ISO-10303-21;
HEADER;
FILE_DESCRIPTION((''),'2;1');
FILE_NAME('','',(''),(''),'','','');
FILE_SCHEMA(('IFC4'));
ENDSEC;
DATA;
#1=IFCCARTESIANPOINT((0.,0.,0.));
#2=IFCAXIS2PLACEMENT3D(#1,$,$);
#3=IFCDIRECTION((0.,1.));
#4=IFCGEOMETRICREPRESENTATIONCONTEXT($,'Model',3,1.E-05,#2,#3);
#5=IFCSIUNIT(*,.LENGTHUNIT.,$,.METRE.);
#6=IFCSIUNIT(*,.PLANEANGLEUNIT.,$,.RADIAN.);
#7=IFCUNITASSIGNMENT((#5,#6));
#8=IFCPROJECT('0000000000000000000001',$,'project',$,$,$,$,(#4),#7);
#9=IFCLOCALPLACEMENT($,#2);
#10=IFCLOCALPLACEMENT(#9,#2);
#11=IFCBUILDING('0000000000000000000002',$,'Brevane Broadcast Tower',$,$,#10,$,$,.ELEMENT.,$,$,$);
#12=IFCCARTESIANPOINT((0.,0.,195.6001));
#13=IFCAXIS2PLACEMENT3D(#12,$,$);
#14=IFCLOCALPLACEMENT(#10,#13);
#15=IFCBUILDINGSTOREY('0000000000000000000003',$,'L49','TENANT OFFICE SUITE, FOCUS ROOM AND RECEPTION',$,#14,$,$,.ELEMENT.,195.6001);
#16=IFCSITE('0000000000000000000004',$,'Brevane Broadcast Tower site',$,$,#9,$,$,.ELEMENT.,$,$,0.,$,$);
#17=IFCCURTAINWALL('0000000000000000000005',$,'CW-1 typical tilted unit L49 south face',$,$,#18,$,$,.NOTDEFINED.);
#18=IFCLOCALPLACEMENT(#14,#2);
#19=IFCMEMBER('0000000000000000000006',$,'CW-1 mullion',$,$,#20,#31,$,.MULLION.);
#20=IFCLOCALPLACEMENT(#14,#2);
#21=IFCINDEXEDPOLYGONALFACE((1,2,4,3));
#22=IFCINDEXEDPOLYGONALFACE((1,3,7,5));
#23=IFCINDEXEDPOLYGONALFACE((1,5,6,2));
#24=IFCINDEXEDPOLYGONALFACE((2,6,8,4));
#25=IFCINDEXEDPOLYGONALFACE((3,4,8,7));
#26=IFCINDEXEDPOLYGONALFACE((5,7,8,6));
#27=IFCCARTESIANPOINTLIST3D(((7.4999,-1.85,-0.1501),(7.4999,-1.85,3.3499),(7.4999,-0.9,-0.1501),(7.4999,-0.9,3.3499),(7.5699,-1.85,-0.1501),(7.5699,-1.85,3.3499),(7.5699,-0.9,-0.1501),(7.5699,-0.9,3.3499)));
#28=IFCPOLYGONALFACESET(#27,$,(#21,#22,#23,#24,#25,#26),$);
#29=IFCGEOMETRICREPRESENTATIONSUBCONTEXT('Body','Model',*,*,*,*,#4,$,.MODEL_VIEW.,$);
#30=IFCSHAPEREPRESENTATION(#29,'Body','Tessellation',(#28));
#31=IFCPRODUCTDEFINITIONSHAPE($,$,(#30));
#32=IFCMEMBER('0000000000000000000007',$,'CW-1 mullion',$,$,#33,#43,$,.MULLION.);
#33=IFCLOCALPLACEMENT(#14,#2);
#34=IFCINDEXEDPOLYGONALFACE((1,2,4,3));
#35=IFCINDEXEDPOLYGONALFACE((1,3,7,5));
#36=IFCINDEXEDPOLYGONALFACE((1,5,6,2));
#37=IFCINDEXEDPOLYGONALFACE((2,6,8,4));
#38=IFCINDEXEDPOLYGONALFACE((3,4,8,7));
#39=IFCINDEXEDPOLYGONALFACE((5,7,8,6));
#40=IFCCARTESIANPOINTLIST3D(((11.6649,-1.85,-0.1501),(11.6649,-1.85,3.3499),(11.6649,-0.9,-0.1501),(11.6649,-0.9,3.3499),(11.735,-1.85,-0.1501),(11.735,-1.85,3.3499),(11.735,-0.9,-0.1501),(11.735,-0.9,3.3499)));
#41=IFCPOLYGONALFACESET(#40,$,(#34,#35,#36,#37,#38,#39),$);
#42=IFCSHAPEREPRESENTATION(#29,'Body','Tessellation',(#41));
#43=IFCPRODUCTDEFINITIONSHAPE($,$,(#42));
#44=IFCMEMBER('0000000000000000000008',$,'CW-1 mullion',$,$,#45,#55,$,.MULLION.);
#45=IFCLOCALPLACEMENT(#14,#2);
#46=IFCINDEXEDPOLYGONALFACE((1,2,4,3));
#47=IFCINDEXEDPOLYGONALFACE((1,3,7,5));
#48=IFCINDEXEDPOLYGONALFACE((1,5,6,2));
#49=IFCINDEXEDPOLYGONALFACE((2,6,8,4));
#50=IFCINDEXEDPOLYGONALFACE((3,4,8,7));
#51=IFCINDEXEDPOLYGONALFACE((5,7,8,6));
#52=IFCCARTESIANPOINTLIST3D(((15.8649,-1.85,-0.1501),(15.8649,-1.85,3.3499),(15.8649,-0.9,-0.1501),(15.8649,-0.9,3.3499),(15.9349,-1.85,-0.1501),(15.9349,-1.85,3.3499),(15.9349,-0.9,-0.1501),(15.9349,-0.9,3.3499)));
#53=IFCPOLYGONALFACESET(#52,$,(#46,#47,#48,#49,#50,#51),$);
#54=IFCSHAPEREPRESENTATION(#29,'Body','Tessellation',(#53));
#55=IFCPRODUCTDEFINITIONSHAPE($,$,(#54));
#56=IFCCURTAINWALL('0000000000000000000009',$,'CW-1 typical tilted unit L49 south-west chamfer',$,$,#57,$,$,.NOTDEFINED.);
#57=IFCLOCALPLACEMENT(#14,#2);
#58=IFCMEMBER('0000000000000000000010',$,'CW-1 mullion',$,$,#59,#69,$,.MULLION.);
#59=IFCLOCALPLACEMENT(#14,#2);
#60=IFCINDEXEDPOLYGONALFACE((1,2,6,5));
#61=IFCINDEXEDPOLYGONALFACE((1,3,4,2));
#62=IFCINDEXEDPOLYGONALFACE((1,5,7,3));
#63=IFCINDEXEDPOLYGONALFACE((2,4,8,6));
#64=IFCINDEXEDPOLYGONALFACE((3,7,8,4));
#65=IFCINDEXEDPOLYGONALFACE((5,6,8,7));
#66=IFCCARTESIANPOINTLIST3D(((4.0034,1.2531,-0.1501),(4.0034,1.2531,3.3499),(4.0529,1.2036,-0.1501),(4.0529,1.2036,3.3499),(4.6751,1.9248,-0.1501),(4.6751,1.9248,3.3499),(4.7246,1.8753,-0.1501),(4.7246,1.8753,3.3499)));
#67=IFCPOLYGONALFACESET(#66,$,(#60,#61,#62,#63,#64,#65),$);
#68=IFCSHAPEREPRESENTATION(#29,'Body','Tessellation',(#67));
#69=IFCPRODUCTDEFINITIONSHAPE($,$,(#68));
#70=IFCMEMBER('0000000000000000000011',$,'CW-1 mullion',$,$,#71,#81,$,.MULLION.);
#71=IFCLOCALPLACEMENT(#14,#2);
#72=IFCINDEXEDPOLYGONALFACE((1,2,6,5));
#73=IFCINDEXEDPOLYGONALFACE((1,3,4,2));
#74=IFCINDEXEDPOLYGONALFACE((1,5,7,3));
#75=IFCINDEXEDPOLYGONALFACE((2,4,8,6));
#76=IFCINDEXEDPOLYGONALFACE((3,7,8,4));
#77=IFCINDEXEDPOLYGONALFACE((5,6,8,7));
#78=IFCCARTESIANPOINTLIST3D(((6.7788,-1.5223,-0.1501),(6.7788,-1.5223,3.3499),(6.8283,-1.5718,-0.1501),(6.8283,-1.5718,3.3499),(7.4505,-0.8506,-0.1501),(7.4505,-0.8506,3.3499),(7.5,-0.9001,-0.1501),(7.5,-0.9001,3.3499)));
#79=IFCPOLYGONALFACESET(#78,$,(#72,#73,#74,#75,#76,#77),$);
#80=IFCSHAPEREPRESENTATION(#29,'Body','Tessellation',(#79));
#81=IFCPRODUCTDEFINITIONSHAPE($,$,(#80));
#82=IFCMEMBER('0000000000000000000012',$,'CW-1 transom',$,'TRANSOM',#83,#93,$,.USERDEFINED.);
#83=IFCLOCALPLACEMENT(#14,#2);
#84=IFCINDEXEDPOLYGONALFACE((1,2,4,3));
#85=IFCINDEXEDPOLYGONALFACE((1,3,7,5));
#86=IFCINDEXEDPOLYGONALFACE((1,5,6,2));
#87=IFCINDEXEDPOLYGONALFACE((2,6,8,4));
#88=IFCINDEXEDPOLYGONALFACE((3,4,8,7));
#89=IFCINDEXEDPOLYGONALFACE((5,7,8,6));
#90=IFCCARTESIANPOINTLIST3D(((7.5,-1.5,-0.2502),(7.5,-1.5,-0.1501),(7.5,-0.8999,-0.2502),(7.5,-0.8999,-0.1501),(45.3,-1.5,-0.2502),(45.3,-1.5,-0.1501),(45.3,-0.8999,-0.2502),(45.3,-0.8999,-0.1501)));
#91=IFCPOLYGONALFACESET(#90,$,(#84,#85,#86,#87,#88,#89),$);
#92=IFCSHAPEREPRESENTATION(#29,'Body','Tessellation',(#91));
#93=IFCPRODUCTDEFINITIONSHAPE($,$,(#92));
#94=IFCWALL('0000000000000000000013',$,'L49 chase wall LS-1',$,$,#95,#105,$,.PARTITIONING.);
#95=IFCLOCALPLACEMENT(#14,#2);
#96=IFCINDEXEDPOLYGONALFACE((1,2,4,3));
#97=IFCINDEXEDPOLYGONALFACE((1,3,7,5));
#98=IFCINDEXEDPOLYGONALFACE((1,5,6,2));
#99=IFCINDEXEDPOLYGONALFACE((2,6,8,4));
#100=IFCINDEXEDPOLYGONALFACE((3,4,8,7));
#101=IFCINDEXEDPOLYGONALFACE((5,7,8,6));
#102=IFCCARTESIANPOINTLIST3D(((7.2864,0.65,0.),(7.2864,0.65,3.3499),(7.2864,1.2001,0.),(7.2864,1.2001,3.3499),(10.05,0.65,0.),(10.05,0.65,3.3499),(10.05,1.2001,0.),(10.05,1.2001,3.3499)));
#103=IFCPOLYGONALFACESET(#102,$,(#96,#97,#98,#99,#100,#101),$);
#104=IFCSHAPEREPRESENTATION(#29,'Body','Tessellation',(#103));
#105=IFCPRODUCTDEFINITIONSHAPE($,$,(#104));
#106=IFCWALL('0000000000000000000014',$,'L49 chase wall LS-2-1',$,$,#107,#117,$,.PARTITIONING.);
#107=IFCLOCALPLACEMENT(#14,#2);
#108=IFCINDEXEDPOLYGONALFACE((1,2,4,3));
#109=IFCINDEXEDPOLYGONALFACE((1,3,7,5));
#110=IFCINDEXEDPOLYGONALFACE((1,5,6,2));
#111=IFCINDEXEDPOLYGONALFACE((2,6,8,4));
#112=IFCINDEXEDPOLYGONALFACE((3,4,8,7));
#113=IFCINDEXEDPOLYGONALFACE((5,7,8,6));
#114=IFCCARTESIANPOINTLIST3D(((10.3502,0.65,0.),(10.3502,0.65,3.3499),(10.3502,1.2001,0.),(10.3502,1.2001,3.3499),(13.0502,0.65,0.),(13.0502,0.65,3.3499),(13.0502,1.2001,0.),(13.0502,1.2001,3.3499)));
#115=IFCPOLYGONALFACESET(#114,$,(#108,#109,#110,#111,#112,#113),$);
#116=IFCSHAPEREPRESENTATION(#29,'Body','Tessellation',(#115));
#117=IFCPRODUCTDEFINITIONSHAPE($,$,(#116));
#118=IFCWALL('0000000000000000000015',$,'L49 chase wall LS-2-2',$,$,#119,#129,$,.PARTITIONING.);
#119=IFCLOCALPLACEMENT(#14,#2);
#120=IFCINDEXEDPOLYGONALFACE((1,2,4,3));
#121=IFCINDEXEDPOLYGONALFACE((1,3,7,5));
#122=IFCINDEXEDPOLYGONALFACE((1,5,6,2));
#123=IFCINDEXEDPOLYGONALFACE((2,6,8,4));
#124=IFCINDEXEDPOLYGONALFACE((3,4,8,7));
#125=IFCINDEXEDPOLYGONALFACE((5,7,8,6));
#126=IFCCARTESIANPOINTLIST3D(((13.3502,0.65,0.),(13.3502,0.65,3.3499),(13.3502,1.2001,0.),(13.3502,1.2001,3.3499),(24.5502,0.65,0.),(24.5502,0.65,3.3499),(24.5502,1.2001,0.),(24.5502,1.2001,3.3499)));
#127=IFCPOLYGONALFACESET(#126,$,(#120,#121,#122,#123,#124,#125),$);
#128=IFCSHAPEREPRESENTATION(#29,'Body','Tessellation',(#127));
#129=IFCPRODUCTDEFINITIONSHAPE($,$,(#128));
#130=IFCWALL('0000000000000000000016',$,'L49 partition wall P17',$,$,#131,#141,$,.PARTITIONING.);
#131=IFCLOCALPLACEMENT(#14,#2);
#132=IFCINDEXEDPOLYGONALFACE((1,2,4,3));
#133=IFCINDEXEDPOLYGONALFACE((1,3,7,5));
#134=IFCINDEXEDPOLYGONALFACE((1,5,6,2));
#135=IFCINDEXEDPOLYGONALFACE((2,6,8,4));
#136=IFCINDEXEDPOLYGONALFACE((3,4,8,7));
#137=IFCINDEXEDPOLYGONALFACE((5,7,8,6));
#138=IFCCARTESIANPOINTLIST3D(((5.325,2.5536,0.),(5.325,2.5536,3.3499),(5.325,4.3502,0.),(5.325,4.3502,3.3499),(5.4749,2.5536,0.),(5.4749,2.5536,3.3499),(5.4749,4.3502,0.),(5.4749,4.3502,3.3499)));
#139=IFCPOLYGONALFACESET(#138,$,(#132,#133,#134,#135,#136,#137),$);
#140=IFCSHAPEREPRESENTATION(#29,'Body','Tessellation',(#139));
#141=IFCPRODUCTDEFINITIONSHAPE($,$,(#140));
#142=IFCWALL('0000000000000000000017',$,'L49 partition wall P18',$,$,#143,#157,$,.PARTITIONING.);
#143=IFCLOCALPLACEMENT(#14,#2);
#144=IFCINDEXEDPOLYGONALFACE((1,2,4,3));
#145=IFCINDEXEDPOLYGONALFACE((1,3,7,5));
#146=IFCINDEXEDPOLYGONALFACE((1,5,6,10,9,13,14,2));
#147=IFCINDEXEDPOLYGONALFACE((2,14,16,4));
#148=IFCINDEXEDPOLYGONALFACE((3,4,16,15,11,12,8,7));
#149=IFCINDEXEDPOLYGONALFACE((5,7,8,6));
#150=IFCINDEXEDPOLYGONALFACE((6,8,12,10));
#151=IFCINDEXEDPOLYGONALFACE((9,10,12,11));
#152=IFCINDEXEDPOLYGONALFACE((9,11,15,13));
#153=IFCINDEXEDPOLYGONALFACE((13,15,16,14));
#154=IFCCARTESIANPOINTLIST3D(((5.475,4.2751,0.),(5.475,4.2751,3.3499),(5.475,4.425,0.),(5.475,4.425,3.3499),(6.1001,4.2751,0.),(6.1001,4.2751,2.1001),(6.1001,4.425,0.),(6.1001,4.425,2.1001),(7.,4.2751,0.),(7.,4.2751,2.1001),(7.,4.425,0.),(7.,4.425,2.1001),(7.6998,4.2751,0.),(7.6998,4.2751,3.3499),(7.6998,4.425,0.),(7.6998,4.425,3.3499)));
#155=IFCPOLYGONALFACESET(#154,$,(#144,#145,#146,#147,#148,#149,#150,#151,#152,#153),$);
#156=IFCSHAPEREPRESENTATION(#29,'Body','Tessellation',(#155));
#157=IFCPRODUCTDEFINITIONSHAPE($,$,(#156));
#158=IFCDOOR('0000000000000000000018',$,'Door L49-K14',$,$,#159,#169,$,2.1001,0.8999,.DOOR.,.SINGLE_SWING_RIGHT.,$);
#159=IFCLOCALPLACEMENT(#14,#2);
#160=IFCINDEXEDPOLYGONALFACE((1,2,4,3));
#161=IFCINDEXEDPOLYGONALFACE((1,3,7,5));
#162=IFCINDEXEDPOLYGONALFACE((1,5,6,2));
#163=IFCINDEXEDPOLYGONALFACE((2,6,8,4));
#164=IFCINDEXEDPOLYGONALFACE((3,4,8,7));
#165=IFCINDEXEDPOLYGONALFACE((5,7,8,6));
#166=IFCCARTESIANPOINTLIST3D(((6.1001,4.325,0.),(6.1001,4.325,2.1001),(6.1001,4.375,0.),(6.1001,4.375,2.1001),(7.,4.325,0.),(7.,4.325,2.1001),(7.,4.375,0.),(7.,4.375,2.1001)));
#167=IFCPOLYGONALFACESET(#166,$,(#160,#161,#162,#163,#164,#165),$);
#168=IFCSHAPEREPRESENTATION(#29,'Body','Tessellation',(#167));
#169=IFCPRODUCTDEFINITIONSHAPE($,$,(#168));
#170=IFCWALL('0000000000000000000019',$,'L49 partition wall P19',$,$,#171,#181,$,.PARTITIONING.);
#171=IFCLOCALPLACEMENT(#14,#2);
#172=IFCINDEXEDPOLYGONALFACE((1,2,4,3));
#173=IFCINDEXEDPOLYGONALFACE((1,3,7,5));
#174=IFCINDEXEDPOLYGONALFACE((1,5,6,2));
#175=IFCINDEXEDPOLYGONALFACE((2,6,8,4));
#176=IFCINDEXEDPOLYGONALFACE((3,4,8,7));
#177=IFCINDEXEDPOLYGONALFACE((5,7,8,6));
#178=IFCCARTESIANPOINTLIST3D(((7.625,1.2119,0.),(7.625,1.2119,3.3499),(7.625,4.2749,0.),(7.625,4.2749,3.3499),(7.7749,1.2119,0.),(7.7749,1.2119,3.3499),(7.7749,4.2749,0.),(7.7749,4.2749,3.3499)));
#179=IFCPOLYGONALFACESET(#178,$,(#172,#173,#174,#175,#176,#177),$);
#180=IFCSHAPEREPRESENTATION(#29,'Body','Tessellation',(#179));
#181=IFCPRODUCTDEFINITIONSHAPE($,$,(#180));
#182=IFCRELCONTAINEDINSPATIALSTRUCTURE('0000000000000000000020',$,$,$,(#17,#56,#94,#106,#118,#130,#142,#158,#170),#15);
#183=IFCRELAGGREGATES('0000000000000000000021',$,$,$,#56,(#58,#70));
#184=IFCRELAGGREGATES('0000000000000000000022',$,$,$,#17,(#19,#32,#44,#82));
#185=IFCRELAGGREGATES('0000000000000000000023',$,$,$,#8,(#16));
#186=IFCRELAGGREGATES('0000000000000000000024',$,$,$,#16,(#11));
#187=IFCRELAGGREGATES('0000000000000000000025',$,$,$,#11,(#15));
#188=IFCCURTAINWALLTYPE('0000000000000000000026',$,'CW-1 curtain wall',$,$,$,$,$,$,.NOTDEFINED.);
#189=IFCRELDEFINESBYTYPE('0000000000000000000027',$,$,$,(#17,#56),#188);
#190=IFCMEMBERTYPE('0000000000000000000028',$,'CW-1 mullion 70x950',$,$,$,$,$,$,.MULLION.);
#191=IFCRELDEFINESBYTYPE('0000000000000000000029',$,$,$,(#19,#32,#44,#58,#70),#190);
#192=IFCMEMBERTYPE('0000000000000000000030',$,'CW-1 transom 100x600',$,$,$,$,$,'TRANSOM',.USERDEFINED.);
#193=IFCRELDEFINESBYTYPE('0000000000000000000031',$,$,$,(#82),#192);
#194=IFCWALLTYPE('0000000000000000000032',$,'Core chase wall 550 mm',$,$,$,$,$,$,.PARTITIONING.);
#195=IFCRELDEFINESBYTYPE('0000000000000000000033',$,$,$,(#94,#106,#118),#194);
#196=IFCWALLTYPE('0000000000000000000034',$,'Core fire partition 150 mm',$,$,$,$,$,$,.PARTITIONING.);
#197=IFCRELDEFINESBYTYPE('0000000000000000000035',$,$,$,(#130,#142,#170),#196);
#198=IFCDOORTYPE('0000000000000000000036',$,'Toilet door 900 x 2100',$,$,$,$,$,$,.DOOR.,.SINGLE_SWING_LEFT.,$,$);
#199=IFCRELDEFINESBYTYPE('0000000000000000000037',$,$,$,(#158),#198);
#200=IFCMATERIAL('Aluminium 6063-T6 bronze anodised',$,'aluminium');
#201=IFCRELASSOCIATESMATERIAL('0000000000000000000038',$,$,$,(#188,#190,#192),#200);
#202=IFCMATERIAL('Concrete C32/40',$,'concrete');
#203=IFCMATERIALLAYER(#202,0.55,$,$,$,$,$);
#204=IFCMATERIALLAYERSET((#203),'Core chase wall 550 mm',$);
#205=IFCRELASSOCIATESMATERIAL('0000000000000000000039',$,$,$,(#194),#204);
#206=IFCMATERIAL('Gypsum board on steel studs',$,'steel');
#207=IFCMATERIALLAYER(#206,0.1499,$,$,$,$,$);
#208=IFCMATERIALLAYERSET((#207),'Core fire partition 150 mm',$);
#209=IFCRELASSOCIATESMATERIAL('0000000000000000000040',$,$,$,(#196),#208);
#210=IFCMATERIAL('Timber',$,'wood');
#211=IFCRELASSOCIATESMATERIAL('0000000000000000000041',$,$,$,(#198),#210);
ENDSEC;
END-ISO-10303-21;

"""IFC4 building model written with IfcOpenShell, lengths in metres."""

from ifc_helpers import new_model, si_unit, direction, frame, frame_2d, origin, origin_2d, place, context, subcontext, project, spatial, rectangle, extrude, material, layer, layer_set, material_profile, profile_set, type_object, element, fill, aggregate, save


model = new_model("IFC4")

# Units and contexts
model_context = context("Model", 3, precision=1e-05, world=origin(), true_north=direction((0.0, 1.0)))
body_context = subcontext(model_context, "Body", "Model", "MODEL_VIEW")
ifc_project = project(units=[si_unit("LENGTHUNIT", "METRE"), si_unit("PLANEANGLEUNIT", "RADIAN")], contexts=[model_context])

# Site, building, storey
site_placement = place(None, origin())
site = spatial("IfcSite", under=ifc_project, at=site_placement, Name="Brevane Broadcast Tower site", CompositionType="ELEMENT", RefElevation=0.0)
building_placement = place(site_placement, origin())
building = spatial("IfcBuilding", under=site, at=building_placement, Name="Brevane Broadcast Tower", CompositionType="ELEMENT")
storey_placement = place(building_placement, frame((0.0, 0.0, 195.6001)))
storey = spatial("IfcBuildingStorey", under=building, at=storey_placement, Name="L49", Description="TENANT OFFICE SUITE, FOCUS ROOM AND RECEPTION", CompositionType="ELEMENT", Elevation=195.6001)

# Curtain walls, members
ifc_material_1 = material(Name="Aluminium 6063-T6 bronze anodised", Category="aluminium")
curtain_wall_type = type_object("IfcCurtainWallType", Name="CW-1 curtain wall", PredefinedType="NOTDEFINED", material=ifc_material_1)
curtain_wall_1_placement = place(storey_placement, origin())
curtain_wall_1 = element("IfcCurtainWall", 1, at=curtain_wall_1_placement, inside=storey, type_object=curtain_wall_type, Name="CW-1 typical tilted unit L49 south face", PredefinedType="NOTDEFINED")
ifc_material_profile_1 = material_profile(ifc_material_1, rectangle(XDim=0.95, YDim=0.0701, at=origin_2d()), Name="RECT 70x950")
ifc_profile_set_1 = profile_set([ifc_material_profile_1], Name="Aluminium 6063-T6 bronze anodised")
member_type_1 = type_object("IfcMemberType", Name="CW-1 mullion 70x950", PredefinedType="MULLION", material=ifc_profile_set_1)
member_1_placement = place(storey_placement, frame((7.5349, -1.375, -0.1501), z_axis=(0.0, 0.0, 1.0), x_axis=(0.0, 1.0, 0.0)))
member_1 = element("IfcMember", 2, at=member_1_placement, type_object=member_type_1, Name="CW-1 mullion", PredefinedType="MULLION", context=body_context, shape_type="SweptSolid", body=[
    extrude(rectangle(XDim=0.95, YDim=0.0701, at=origin_2d()), origin(), (0.0, 0.0, 1.0), 3.5),
])
member_2_placement = place(storey_placement, frame((11.7, -1.375, -0.1501), z_axis=(0.0, 0.0, 1.0), x_axis=(0.0, 1.0, 0.0)))
member_2 = element("IfcMember", 3, at=member_2_placement, type_object=member_type_1, Name="CW-1 mullion", PredefinedType="MULLION", context=body_context, shape_type="SweptSolid", body=[
    extrude(rectangle(XDim=0.95, YDim=0.0701, at=origin_2d()), origin(), (0.0, 0.0, 1.0), 3.5),
])
member_3_placement = place(storey_placement, frame((15.8999, -1.375, -0.1501), z_axis=(0.0, 0.0, 1.0), x_axis=(0.0, 1.0, 0.0)))
member_3 = element("IfcMember", 4, at=member_3_placement, type_object=member_type_1, Name="CW-1 mullion", PredefinedType="MULLION", context=body_context, shape_type="SweptSolid", body=[
    extrude(rectangle(XDim=0.95, YDim=0.0701, at=origin_2d()), origin(), (0.0, 0.0, 1.0), 3.5),
])
curtain_wall_2_placement = place(storey_placement, origin())
curtain_wall_2 = element("IfcCurtainWall", 5, at=curtain_wall_2_placement, inside=storey, type_object=curtain_wall_type, Name="CW-1 typical tilted unit L49 south-west chamfer", PredefinedType="NOTDEFINED")
member_4_placement = place(storey_placement, frame((4.364, 1.5642, -0.1501), z_axis=(0.0, 0.0, 1.0), x_axis=(0.707107, 0.707107, 0.0)))
member_4 = element("IfcMember", 6, at=member_4_placement, type_object=member_type_1, Name="CW-1 mullion", PredefinedType="MULLION", context=body_context, shape_type="SweptSolid", body=[
    extrude(rectangle(XDim=0.95, YDim=0.0701, at=origin_2d()), origin(), (0.0, 0.0, 1.0), 3.5),
])
member_5_placement = place(storey_placement, frame((7.1394, -1.2112, -0.1501), z_axis=(0.0, 0.0, 1.0), x_axis=(0.707107, 0.707107, 0.0)))
member_5 = element("IfcMember", 7, at=member_5_placement, type_object=member_type_1, Name="CW-1 mullion", PredefinedType="MULLION", context=body_context, shape_type="SweptSolid", body=[
    extrude(rectangle(XDim=0.95, YDim=0.0701, at=origin_2d()), origin(), (0.0, 0.0, 1.0), 3.5),
])
aggregate(curtain_wall_2, [member_4, member_5])

# Member
ifc_material_profile_2 = material_profile(ifc_material_1, rectangle(XDim=0.6001, YDim=0.1001, at=origin_2d()), Name="RECT 100x600")
ifc_profile_set_2 = profile_set([ifc_material_profile_2], Name="Aluminium 6063-T6 bronze anodised")
member_type_2 = type_object("IfcMemberType", Name="CW-1 transom 100x600", ElementType="TRANSOM", PredefinedType="USERDEFINED", material=ifc_profile_set_2)
member_6_placement = place(storey_placement, frame((7.5, -1.2, -0.2002), z_axis=(1.0, 0.0, 0.0), x_axis=(0.0, 1.0, 0.0)))
member_6 = element("IfcMember", 8, at=member_6_placement, type_object=member_type_2, Name="CW-1 transom", ObjectType="TRANSOM", PredefinedType="USERDEFINED", context=body_context, shape_type="SweptSolid", body=[
    extrude(rectangle(XDim=0.6001, YDim=0.1001, at=origin_2d()), origin(), (0.0, 0.0, 1.0), 37.8),
])
aggregate(curtain_wall_1, [member_1, member_2, member_3, member_6])

# Walls
ifc_material_2 = material(Name="Concrete C32/40", Category="concrete")
ifc_layer_1 = layer(ifc_material_2, 0.55)
ifc_layer_set_1 = layer_set([ifc_layer_1], Name="Core chase wall 550 mm")
wall_type_1 = type_object("IfcWallType", Name="Core chase wall 550 mm", PredefinedType="PARTITIONING", material=ifc_layer_set_1)
wall_1_placement = place(storey_placement, frame((7.2864, 0.925, 0.0), z_axis=(0.0, 0.0, 1.0), x_axis=(1.0, 0.0, 0.0)))
element("IfcWall", 9, at=wall_1_placement, inside=storey, type_object=wall_type_1, Name="L49 chase wall LS-1", PredefinedType="PARTITIONING", context=body_context, shape_type="SweptSolid", body=[
    extrude(rectangle(XDim=2.7637, YDim=0.55, at=frame_2d((1.3818, 0.0))), origin(), (0.0, 0.0, 1.0), 3.3499),
])
wall_2_placement = place(storey_placement, frame((10.3501, 0.925, 0.0), z_axis=(0.0, 0.0, 1.0), x_axis=(1.0, 0.0, 0.0)))
element("IfcWall", 10, at=wall_2_placement, inside=storey, type_object=wall_type_1, Name="L49 chase wall LS-2-1", PredefinedType="PARTITIONING", context=body_context, shape_type="SweptSolid", body=[
    extrude(rectangle(XDim=2.7, YDim=0.55, at=frame_2d((1.3501, 0.0))), origin(), (0.0, 0.0, 1.0), 3.3499),
])
wall_3_placement = place(storey_placement, frame((13.3501, 0.925, 0.0), z_axis=(0.0, 0.0, 1.0), x_axis=(1.0, 0.0, 0.0)))
element("IfcWall", 11, at=wall_3_placement, inside=storey, type_object=wall_type_1, Name="L49 chase wall LS-2-2", PredefinedType="PARTITIONING", context=body_context, shape_type="SweptSolid", body=[
    extrude(rectangle(XDim=11.2, YDim=0.55, at=frame_2d((5.6001, 0.0))), origin(), (0.0, 0.0, 1.0), 3.3499),
])
ifc_material_3 = material(Name="Gypsum board on steel studs", Category="steel")
ifc_layer_2 = layer(ifc_material_3, 0.1499)
ifc_layer_set_2 = layer_set([ifc_layer_2], Name="Core fire partition 150 mm")
wall_type_2 = type_object("IfcWallType", Name="Core fire partition 150 mm", PredefinedType="PARTITIONING", material=ifc_layer_set_2)
wall_4_placement = place(storey_placement, frame((5.3999, 2.5535, 0.0), z_axis=(0.0, 0.0, 1.0), x_axis=(0.0, 1.0, 0.0)))
element("IfcWall", 12, at=wall_4_placement, inside=storey, type_object=wall_type_2, Name="L49 partition wall P17", PredefinedType="PARTITIONING", context=body_context, shape_type="SweptSolid", body=[
    extrude(rectangle(XDim=1.7966, YDim=0.1499, at=frame_2d((0.8984, 0.0))), origin(), (0.0, 0.0, 1.0), 3.3499),
])

# Wall, opening, door
wall_5_placement = place(storey_placement, frame((5.4751, 4.3501, 0.0), z_axis=(0.0, 0.0, 1.0), x_axis=(1.0, 0.0, 0.0)))
wall_5 = element("IfcWall", 13, at=wall_5_placement, inside=storey, type_object=wall_type_2, Name="L49 partition wall P18", PredefinedType="PARTITIONING", context=body_context, shape_type="SweptSolid", body=[
    extrude(rectangle(XDim=2.2249, YDim=0.1499, at=frame_2d((1.1123, 0.0))), origin(), (0.0, 0.0, 1.0), 3.3499),
])
opening_1_placement = place(wall_5_placement, frame((0.625, 0.0, 0.0)))
opening_1 = element("IfcOpeningElement", 14, at=opening_1_placement, cuts=wall_5, PredefinedType="OPENING", context=body_context, shape_type="SweptSolid", body=[
    extrude(rectangle(XDim=0.8999, YDim=2.1001, at=frame_2d((0.45, 1.05))), frame((0.0, 0.085, 0.0), z_axis=(0.0, -1.0, 0.0), x_axis=(1.0, 0.0, 0.0)), (0.0, 0.0, 1.0), 0.1699),
])
ifc_material_4 = material(Name="Timber", Category="wood")
door_type_1 = type_object("IfcDoorType", Name="Toilet door 900 x 2100", OperationType="SINGLE_SWING_LEFT", PredefinedType="DOOR", material=ifc_material_4)
door_1_placement = place(opening_1_placement, origin())
door_1 = element("IfcDoor", 15, at=door_1_placement, inside=storey, type_object=door_type_1, Name="Door L49-K14", OperationType="SINGLE_SWING_RIGHT", OverallHeight=2.1001, OverallWidth=0.8999, PredefinedType="DOOR", context=body_context, shape_type="SweptSolid", body=[
    extrude(rectangle(XDim=0.8999, YDim=2.1001, at=frame_2d((0.45, 1.05))), frame((0.0, 0.0249, 0.0), z_axis=(0.0, -1.0, 0.0), x_axis=(1.0, 0.0, 0.0)), (0.0, 0.0, 1.0), 0.05),
])
fill(opening_1, door_1)

# Wall
wall_6_placement = place(storey_placement, frame((7.7, 4.2749, 0.0), z_axis=(0.0, 0.0, 1.0), x_axis=(0.0, -1.0, 0.0)))
element("IfcWall", 16, at=wall_6_placement, inside=storey, type_object=wall_type_2, Name="L49 partition wall P19", PredefinedType="PARTITIONING", context=body_context, shape_type="SweptSolid", body=[
    extrude(rectangle(XDim=3.063, YDim=0.1499, at=frame_2d((1.5315, 0.0))), origin(), (0.0, 0.0, 1.0), 3.3499),
])

save(model, "model.ifc")
